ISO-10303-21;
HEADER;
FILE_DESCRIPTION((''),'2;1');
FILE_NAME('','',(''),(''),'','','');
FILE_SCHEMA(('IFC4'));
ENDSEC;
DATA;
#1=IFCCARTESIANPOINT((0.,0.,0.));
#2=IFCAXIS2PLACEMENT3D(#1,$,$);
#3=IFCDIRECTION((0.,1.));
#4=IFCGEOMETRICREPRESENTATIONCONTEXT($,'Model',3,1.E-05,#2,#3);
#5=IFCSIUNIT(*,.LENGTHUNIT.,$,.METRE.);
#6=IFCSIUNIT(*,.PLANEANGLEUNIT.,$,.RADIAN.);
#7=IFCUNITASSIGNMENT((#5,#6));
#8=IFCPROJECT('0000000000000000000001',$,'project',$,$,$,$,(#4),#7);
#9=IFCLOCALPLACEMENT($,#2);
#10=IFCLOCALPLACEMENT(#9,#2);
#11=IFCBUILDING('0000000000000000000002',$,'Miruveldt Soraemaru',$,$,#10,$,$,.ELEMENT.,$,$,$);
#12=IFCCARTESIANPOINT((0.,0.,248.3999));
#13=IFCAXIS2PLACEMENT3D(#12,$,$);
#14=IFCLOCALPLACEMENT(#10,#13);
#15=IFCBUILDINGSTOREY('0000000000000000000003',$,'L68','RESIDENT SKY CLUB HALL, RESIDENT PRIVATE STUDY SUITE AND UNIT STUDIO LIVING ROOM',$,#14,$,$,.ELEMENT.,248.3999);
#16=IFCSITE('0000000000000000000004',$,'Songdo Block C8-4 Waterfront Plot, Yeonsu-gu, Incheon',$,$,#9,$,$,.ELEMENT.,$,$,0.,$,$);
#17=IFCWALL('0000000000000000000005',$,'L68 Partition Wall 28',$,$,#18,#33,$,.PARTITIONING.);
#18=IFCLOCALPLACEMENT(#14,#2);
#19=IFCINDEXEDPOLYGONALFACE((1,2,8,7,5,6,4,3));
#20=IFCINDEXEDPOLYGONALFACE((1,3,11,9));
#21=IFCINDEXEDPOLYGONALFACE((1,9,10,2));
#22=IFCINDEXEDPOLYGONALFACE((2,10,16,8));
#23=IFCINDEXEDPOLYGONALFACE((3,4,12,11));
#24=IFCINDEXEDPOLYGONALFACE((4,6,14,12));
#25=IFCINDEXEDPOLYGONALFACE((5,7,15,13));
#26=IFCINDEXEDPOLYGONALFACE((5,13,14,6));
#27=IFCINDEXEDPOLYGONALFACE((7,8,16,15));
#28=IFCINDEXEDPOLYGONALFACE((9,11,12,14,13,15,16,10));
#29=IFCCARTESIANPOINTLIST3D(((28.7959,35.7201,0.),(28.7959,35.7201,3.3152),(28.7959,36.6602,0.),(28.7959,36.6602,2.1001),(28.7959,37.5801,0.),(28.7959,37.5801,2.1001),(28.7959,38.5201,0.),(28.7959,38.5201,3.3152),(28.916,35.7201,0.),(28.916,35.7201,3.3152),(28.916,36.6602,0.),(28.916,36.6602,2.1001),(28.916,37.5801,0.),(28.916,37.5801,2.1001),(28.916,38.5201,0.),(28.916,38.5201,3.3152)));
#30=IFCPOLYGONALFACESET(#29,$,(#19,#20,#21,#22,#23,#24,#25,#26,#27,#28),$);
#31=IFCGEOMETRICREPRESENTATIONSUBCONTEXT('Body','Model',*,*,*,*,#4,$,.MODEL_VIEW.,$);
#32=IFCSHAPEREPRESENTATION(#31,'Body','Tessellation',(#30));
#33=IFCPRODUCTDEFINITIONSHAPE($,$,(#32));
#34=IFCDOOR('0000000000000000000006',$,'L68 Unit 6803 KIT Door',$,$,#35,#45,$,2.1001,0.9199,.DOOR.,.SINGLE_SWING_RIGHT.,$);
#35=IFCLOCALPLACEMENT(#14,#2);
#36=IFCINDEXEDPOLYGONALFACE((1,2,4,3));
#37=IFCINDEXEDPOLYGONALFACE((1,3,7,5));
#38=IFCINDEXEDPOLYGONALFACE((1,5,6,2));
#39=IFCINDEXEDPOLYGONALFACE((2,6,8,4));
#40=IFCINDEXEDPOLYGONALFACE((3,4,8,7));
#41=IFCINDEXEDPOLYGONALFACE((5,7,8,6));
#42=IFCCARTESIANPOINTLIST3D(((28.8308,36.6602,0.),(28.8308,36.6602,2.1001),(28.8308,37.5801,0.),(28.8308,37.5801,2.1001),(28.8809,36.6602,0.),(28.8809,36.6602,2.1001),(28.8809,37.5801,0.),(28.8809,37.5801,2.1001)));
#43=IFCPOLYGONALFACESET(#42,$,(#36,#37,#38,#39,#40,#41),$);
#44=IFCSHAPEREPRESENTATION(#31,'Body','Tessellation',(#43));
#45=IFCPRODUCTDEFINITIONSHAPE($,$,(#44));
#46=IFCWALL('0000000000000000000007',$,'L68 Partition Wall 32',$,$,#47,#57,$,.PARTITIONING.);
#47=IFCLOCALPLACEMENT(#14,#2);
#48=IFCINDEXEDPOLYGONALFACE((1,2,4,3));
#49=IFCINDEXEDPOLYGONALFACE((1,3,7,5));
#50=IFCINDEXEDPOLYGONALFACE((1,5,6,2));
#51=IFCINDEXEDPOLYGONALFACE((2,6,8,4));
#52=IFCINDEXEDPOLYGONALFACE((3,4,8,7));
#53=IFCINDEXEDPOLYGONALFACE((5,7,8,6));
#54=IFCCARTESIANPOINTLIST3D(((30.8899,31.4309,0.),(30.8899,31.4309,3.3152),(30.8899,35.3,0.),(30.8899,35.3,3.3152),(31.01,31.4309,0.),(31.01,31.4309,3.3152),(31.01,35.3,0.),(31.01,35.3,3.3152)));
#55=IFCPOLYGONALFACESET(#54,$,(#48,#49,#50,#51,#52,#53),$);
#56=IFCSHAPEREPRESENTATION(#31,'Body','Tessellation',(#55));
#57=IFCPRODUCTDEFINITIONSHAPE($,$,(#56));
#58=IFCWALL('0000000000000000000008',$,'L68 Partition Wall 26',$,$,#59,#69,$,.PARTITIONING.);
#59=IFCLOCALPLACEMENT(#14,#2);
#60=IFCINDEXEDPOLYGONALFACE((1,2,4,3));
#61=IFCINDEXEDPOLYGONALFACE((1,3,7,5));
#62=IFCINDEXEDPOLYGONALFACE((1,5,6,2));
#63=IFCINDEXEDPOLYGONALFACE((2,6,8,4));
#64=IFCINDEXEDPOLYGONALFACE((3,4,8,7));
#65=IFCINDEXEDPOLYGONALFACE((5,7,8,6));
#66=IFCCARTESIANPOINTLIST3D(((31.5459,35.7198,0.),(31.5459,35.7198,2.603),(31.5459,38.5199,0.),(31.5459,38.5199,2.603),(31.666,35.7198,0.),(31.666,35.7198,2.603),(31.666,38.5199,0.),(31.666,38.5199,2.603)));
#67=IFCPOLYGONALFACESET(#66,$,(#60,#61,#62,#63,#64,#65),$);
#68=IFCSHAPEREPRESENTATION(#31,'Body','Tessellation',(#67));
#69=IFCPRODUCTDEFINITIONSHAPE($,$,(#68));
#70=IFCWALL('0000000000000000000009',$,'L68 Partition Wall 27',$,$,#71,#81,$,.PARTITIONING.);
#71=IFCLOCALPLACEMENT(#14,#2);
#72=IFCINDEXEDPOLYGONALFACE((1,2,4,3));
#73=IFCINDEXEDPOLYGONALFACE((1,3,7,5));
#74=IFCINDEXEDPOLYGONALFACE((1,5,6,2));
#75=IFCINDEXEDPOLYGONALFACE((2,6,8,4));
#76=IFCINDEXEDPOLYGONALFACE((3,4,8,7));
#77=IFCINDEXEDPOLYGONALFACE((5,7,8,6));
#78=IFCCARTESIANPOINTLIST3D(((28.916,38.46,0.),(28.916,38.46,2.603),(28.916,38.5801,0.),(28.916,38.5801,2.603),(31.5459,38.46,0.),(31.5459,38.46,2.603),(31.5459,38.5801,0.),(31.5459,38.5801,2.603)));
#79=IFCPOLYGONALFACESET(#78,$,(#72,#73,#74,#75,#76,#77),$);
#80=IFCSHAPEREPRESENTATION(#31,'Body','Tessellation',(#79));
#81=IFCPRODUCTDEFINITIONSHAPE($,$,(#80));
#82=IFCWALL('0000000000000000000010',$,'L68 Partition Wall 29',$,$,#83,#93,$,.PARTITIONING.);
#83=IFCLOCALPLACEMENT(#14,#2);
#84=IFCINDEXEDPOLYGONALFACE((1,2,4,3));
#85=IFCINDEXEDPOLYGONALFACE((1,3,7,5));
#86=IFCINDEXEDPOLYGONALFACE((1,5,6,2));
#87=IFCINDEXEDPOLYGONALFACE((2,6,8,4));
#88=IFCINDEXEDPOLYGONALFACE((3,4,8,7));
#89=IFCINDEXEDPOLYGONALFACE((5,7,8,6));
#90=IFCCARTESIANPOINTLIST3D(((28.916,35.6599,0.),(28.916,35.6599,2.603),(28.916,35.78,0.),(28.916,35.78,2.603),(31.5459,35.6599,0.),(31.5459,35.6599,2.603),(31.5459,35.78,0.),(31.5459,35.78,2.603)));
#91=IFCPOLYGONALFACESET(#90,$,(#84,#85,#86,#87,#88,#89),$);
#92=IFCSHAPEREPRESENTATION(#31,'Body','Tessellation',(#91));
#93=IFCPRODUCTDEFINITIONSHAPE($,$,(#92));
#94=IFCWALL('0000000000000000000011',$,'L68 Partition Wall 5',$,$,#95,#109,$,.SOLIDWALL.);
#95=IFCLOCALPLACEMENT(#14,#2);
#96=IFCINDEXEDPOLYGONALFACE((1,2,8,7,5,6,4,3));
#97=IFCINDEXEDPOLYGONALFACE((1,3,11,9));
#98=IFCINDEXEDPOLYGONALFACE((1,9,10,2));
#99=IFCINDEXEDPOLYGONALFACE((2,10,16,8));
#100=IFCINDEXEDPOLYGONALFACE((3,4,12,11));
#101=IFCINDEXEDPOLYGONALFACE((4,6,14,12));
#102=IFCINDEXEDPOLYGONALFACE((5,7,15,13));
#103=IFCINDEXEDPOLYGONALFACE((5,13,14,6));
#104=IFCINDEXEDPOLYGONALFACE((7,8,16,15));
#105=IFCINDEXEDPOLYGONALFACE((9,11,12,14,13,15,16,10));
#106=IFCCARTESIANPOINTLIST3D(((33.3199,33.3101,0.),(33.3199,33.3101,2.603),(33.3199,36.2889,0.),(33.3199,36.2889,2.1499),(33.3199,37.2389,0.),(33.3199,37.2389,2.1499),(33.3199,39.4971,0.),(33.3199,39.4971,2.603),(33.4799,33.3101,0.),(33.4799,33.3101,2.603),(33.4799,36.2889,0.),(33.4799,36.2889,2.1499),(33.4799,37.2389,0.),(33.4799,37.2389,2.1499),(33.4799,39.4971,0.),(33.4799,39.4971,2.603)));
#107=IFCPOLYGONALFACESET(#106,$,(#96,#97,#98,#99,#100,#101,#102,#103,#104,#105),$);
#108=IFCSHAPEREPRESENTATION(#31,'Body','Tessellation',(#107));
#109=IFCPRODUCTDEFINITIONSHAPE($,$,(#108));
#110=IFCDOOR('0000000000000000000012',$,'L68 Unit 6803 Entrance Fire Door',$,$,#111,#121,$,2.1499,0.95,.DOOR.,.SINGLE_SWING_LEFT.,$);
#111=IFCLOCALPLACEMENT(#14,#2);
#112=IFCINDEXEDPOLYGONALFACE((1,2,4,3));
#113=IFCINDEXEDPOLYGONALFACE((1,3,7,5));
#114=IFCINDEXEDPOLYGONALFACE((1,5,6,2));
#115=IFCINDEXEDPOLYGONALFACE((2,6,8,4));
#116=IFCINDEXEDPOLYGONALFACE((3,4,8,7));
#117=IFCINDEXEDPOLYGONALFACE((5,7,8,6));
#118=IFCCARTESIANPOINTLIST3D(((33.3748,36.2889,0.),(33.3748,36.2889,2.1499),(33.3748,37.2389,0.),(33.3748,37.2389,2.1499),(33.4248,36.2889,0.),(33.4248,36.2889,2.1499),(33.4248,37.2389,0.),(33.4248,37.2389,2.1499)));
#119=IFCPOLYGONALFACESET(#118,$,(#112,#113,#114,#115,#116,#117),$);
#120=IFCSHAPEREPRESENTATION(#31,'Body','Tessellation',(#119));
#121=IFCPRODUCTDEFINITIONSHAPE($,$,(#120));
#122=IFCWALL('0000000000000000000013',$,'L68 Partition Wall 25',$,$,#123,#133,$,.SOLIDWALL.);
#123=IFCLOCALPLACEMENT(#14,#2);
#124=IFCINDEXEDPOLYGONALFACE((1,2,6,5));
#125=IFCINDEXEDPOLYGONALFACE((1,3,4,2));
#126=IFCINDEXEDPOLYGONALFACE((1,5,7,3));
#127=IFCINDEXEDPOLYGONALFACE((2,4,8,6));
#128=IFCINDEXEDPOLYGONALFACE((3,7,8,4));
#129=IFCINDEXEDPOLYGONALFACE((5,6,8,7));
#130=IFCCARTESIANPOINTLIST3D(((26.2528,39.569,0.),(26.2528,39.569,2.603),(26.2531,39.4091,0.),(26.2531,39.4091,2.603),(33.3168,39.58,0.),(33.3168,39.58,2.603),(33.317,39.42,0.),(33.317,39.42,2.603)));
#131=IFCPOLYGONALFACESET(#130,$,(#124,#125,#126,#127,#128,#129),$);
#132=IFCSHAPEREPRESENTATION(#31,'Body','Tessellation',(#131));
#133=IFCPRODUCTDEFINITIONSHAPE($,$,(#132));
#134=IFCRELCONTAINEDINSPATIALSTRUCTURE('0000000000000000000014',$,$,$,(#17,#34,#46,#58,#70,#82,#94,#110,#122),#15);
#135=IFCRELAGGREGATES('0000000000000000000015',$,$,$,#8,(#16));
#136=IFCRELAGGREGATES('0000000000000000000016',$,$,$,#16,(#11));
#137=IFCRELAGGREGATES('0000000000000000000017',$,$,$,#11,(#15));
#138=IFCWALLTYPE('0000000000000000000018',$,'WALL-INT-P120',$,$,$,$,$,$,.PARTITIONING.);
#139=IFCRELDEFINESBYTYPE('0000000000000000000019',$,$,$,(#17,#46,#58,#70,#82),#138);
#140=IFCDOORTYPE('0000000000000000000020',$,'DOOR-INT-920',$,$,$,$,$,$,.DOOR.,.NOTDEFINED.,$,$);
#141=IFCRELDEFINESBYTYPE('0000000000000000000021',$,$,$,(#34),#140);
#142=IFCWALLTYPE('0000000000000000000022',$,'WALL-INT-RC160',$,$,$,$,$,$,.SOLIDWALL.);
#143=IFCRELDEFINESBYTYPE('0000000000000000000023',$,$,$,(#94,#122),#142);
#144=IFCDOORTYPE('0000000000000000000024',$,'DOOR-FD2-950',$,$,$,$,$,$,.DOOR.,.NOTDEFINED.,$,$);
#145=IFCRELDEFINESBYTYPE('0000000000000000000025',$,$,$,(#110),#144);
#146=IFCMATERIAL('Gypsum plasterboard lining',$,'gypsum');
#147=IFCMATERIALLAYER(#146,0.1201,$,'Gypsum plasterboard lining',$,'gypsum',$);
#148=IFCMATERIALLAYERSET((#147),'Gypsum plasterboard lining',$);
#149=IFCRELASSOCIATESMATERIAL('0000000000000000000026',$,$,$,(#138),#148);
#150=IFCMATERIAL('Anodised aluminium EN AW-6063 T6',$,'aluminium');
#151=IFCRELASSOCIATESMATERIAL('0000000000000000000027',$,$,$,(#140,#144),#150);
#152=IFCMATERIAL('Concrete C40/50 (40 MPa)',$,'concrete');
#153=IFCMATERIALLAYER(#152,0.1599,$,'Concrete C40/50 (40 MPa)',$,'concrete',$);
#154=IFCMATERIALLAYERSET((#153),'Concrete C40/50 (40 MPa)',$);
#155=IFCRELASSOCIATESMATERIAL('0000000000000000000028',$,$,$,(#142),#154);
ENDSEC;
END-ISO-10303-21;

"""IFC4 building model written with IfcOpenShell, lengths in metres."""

from ifc_helpers import new_model, si_unit, direction, frame, frame_2d, origin, place, context, subcontext, project, spatial, rectangle, extrude, material, layer, layer_set, type_object, element, fill, save


model = new_model("IFC4")

# Units and contexts
model_context = context("Model", 3, precision=1e-05, world=origin(), true_north=direction((0.0, 1.0)))
body_context = subcontext(model_context, "Body", "Model", "MODEL_VIEW")
ifc_project = project(units=[si_unit("LENGTHUNIT", "METRE"), si_unit("PLANEANGLEUNIT", "RADIAN")], contexts=[model_context])

# Site, building, storey
site_placement = place(None, origin())
site = spatial("IfcSite", under=ifc_project, at=site_placement, Name="Songdo Block C8-4 Waterfront Plot, Yeonsu-gu, Incheon", CompositionType="ELEMENT", RefElevation=0.0)
building_placement = place(site_placement, origin())
building = spatial("IfcBuilding", under=site, at=building_placement, Name="Miruveldt Soraemaru", CompositionType="ELEMENT")
storey_placement = place(building_placement, frame((0.0, 0.0, 248.3999)))
storey = spatial("IfcBuildingStorey", under=building, at=storey_placement, Name="L68", Description="RESIDENT SKY CLUB HALL, RESIDENT PRIVATE STUDY SUITE AND UNIT STUDIO LIVING ROOM", CompositionType="ELEMENT", Elevation=248.3999)

# Wall, opening, door
ifc_material_1 = material(Name="Gypsum plasterboard lining", Category="gypsum")
ifc_layer_1 = layer(ifc_material_1, 0.1201, Name="Gypsum plasterboard lining", Category="gypsum")
ifc_layer_set_1 = layer_set([ifc_layer_1], Name="Gypsum plasterboard lining")
wall_type_1 = type_object("IfcWallType", Name="WALL-INT-P120", PredefinedType="PARTITIONING", material=ifc_layer_set_1)
ifc_material_2 = material(Name="Anodised aluminium EN AW-6063 T6", Category="aluminium")
door_type_1 = type_object("IfcDoorType", Name="DOOR-INT-920", OperationType="NOTDEFINED", PredefinedType="DOOR", material=ifc_material_2)
wall_1_placement = place(storey_placement, frame((28.856, 38.52, 0.0), z_axis=(0.0, 0.0, 1.0), x_axis=(0.0, -1.0, 0.0)))
wall_1 = element("IfcWall", 1, at=wall_1_placement, inside=storey, type_object=wall_type_1, Name="L68 Partition Wall 28", PredefinedType="PARTITIONING", context=body_context, shape_type="SweptSolid", body=[
    extrude(rectangle(XDim=2.8, YDim=0.1201, at=frame_2d((1.3999, 0.0))), origin(), (0.0, 0.0, 1.0), 3.3152),
])
opening_1_placement = place(wall_1_placement, frame((0.9399, 0.0, 0.0)))
opening_1 = element("IfcOpeningElement", 2, at=opening_1_placement, cuts=wall_1, PredefinedType="OPENING", context=body_context, shape_type="SweptSolid", body=[
    extrude(rectangle(XDim=0.9199, YDim=2.1001, at=frame_2d((0.46, 1.05))), frame((0.0, 0.0701, 0.0), z_axis=(0.0, -1.0, 0.0), x_axis=(1.0, 0.0, 0.0)), (0.0, 0.0, 1.0), 0.1401),
])
door_1_placement = place(opening_1_placement, origin())
door_1 = element("IfcDoor", 3, at=door_1_placement, inside=storey, type_object=door_type_1, Name="L68 Unit 6803 KIT Door", OperationType="SINGLE_SWING_RIGHT", OverallHeight=2.1001, OverallWidth=0.9199, PredefinedType="DOOR", context=body_context, shape_type="SweptSolid", body=[
    extrude(rectangle(XDim=0.9199, YDim=2.1001, at=frame_2d((0.46, 1.05))), frame((0.0, 0.0249, 0.0), z_axis=(0.0, -1.0, 0.0), x_axis=(1.0, 0.0, 0.0)), (0.0, 0.0, 1.0), 0.05),
])
fill(opening_1, door_1)

# Walls
wall_2_placement = place(storey_placement, frame((30.95, 35.3, 0.0), z_axis=(0.0, 0.0, 1.0), x_axis=(0.0, -1.0, 0.0)))
element("IfcWall", 4, at=wall_2_placement, inside=storey, type_object=wall_type_1, Name="L68 Partition Wall 32", PredefinedType="PARTITIONING", context=body_context, shape_type="SweptSolid", body=[
    extrude(rectangle(XDim=3.8691, YDim=0.1201, at=frame_2d((1.9346, 0.0))), origin(), (0.0, 0.0, 1.0), 3.3152),
])
wall_3_placement = place(storey_placement, frame((31.606, 35.72, 0.0), z_axis=(0.0, 0.0, 1.0), x_axis=(0.0, 1.0, 0.0)))
element("IfcWall", 5, at=wall_3_placement, inside=storey, type_object=wall_type_1, Name="L68 Partition Wall 26", PredefinedType="PARTITIONING", context=body_context, shape_type="SweptSolid", body=[
    extrude(rectangle(XDim=2.8, YDim=0.1201, at=frame_2d((1.3999, 0.0))), origin(), (0.0, 0.0, 1.0), 2.603),
])
for number, where, z_axis, x_axis, name in (
    (6, (31.5459, 38.52, 0.0), (0.0, 0.0, 1.0), (-1.0, 0.0, 0.0), "L68 Partition Wall 27"),
    (7, (28.916, 35.72, 0.0), (0.0, 0.0, 1.0), (1.0, 0.0, 0.0), "L68 Partition Wall 29"),
):
    element("IfcWall", number, at=place(storey_placement, frame(where, z_axis=z_axis, x_axis=x_axis)), inside=storey, type_object=wall_type_1, Name=name, PredefinedType="PARTITIONING", context=body_context, shape_type="SweptSolid", body=[
        extrude(rectangle(XDim=2.6299, YDim=0.1201, at=frame_2d((1.3149, 0.0))), origin(), (0.0, 0.0, 1.0), 2.603),
    ])

# Wall, opening, door
ifc_material_3 = material(Name="Concrete C40/50 (40 MPa)", Category="concrete")
ifc_layer_2 = layer(ifc_material_3, 0.1599, Name="Concrete C40/50 (40 MPa)", Category="concrete")
ifc_layer_set_2 = layer_set([ifc_layer_2], Name="Concrete C40/50 (40 MPa)")
wall_type_2 = type_object("IfcWallType", Name="WALL-INT-RC160", PredefinedType="SOLIDWALL", material=ifc_layer_set_2)
wall_4_placement = place(storey_placement, frame((33.3999, 39.4971, 0.0), z_axis=(0.0, 0.0, 1.0), x_axis=(0.0, -1.0, 0.0)))
wall_4 = element("IfcWall", 8, at=wall_4_placement, inside=storey, type_object=wall_type_2, Name="L68 Partition Wall 5", PredefinedType="SOLIDWALL", context=body_context, shape_type="SweptSolid", body=[
    extrude(rectangle(XDim=6.187, YDim=0.1599, at=frame_2d((3.0935, 0.0))), origin(), (0.0, 0.0, 1.0), 2.603),
])
opening_2_placement = place(wall_4_placement, frame((2.2581, 0.0, 0.0)))
opening_2 = element("IfcOpeningElement", 9, at=opening_2_placement, cuts=wall_4, PredefinedType="OPENING", context=body_context, shape_type="SweptSolid", body=[
    extrude(rectangle(XDim=0.95, YDim=2.1499, at=frame_2d((0.4751, 1.075))), frame((0.0, 0.0898, 0.0), z_axis=(0.0, -1.0, 0.0), x_axis=(1.0, 0.0, 0.0)), (0.0, 0.0, 1.0), 0.1799),
])
door_type_2 = type_object("IfcDoorType", Name="DOOR-FD2-950", OperationType="NOTDEFINED", PredefinedType="DOOR", material=ifc_material_2)
door_2_placement = place(opening_2_placement, origin())
door_2 = element("IfcDoor", 10, at=door_2_placement, inside=storey, type_object=door_type_2, Name="L68 Unit 6803 Entrance Fire Door", OperationType="SINGLE_SWING_LEFT", OverallHeight=2.1499, OverallWidth=0.95, PredefinedType="DOOR", context=body_context, shape_type="SweptSolid", body=[
    extrude(rectangle(XDim=0.95, YDim=2.1499, at=frame_2d((0.4751, 1.075))), frame((0.0, 0.0249, 0.0), z_axis=(0.0, -1.0, 0.0), x_axis=(1.0, 0.0, 0.0)), (0.0, 0.0, 1.0), 0.05),
])
fill(opening_2, door_2)

# Wall
wall_5_placement = place(storey_placement, frame((26.2529, 39.489, 0.0), z_axis=(0.0, 0.0, 1.0), x_axis=(0.999999, 0.001555, 0.0)))
element("IfcWall", 11, at=wall_5_placement, inside=storey, type_object=wall_type_2, Name="L68 Partition Wall 25", PredefinedType="SOLIDWALL", context=body_context, shape_type="SweptSolid", body=[
    extrude(rectangle(XDim=7.064, YDim=0.1599, at=frame_2d((3.532, 0.0))), origin(), (0.0, 0.0, 1.0), 2.603),
])

save(model, "model.ifc")
